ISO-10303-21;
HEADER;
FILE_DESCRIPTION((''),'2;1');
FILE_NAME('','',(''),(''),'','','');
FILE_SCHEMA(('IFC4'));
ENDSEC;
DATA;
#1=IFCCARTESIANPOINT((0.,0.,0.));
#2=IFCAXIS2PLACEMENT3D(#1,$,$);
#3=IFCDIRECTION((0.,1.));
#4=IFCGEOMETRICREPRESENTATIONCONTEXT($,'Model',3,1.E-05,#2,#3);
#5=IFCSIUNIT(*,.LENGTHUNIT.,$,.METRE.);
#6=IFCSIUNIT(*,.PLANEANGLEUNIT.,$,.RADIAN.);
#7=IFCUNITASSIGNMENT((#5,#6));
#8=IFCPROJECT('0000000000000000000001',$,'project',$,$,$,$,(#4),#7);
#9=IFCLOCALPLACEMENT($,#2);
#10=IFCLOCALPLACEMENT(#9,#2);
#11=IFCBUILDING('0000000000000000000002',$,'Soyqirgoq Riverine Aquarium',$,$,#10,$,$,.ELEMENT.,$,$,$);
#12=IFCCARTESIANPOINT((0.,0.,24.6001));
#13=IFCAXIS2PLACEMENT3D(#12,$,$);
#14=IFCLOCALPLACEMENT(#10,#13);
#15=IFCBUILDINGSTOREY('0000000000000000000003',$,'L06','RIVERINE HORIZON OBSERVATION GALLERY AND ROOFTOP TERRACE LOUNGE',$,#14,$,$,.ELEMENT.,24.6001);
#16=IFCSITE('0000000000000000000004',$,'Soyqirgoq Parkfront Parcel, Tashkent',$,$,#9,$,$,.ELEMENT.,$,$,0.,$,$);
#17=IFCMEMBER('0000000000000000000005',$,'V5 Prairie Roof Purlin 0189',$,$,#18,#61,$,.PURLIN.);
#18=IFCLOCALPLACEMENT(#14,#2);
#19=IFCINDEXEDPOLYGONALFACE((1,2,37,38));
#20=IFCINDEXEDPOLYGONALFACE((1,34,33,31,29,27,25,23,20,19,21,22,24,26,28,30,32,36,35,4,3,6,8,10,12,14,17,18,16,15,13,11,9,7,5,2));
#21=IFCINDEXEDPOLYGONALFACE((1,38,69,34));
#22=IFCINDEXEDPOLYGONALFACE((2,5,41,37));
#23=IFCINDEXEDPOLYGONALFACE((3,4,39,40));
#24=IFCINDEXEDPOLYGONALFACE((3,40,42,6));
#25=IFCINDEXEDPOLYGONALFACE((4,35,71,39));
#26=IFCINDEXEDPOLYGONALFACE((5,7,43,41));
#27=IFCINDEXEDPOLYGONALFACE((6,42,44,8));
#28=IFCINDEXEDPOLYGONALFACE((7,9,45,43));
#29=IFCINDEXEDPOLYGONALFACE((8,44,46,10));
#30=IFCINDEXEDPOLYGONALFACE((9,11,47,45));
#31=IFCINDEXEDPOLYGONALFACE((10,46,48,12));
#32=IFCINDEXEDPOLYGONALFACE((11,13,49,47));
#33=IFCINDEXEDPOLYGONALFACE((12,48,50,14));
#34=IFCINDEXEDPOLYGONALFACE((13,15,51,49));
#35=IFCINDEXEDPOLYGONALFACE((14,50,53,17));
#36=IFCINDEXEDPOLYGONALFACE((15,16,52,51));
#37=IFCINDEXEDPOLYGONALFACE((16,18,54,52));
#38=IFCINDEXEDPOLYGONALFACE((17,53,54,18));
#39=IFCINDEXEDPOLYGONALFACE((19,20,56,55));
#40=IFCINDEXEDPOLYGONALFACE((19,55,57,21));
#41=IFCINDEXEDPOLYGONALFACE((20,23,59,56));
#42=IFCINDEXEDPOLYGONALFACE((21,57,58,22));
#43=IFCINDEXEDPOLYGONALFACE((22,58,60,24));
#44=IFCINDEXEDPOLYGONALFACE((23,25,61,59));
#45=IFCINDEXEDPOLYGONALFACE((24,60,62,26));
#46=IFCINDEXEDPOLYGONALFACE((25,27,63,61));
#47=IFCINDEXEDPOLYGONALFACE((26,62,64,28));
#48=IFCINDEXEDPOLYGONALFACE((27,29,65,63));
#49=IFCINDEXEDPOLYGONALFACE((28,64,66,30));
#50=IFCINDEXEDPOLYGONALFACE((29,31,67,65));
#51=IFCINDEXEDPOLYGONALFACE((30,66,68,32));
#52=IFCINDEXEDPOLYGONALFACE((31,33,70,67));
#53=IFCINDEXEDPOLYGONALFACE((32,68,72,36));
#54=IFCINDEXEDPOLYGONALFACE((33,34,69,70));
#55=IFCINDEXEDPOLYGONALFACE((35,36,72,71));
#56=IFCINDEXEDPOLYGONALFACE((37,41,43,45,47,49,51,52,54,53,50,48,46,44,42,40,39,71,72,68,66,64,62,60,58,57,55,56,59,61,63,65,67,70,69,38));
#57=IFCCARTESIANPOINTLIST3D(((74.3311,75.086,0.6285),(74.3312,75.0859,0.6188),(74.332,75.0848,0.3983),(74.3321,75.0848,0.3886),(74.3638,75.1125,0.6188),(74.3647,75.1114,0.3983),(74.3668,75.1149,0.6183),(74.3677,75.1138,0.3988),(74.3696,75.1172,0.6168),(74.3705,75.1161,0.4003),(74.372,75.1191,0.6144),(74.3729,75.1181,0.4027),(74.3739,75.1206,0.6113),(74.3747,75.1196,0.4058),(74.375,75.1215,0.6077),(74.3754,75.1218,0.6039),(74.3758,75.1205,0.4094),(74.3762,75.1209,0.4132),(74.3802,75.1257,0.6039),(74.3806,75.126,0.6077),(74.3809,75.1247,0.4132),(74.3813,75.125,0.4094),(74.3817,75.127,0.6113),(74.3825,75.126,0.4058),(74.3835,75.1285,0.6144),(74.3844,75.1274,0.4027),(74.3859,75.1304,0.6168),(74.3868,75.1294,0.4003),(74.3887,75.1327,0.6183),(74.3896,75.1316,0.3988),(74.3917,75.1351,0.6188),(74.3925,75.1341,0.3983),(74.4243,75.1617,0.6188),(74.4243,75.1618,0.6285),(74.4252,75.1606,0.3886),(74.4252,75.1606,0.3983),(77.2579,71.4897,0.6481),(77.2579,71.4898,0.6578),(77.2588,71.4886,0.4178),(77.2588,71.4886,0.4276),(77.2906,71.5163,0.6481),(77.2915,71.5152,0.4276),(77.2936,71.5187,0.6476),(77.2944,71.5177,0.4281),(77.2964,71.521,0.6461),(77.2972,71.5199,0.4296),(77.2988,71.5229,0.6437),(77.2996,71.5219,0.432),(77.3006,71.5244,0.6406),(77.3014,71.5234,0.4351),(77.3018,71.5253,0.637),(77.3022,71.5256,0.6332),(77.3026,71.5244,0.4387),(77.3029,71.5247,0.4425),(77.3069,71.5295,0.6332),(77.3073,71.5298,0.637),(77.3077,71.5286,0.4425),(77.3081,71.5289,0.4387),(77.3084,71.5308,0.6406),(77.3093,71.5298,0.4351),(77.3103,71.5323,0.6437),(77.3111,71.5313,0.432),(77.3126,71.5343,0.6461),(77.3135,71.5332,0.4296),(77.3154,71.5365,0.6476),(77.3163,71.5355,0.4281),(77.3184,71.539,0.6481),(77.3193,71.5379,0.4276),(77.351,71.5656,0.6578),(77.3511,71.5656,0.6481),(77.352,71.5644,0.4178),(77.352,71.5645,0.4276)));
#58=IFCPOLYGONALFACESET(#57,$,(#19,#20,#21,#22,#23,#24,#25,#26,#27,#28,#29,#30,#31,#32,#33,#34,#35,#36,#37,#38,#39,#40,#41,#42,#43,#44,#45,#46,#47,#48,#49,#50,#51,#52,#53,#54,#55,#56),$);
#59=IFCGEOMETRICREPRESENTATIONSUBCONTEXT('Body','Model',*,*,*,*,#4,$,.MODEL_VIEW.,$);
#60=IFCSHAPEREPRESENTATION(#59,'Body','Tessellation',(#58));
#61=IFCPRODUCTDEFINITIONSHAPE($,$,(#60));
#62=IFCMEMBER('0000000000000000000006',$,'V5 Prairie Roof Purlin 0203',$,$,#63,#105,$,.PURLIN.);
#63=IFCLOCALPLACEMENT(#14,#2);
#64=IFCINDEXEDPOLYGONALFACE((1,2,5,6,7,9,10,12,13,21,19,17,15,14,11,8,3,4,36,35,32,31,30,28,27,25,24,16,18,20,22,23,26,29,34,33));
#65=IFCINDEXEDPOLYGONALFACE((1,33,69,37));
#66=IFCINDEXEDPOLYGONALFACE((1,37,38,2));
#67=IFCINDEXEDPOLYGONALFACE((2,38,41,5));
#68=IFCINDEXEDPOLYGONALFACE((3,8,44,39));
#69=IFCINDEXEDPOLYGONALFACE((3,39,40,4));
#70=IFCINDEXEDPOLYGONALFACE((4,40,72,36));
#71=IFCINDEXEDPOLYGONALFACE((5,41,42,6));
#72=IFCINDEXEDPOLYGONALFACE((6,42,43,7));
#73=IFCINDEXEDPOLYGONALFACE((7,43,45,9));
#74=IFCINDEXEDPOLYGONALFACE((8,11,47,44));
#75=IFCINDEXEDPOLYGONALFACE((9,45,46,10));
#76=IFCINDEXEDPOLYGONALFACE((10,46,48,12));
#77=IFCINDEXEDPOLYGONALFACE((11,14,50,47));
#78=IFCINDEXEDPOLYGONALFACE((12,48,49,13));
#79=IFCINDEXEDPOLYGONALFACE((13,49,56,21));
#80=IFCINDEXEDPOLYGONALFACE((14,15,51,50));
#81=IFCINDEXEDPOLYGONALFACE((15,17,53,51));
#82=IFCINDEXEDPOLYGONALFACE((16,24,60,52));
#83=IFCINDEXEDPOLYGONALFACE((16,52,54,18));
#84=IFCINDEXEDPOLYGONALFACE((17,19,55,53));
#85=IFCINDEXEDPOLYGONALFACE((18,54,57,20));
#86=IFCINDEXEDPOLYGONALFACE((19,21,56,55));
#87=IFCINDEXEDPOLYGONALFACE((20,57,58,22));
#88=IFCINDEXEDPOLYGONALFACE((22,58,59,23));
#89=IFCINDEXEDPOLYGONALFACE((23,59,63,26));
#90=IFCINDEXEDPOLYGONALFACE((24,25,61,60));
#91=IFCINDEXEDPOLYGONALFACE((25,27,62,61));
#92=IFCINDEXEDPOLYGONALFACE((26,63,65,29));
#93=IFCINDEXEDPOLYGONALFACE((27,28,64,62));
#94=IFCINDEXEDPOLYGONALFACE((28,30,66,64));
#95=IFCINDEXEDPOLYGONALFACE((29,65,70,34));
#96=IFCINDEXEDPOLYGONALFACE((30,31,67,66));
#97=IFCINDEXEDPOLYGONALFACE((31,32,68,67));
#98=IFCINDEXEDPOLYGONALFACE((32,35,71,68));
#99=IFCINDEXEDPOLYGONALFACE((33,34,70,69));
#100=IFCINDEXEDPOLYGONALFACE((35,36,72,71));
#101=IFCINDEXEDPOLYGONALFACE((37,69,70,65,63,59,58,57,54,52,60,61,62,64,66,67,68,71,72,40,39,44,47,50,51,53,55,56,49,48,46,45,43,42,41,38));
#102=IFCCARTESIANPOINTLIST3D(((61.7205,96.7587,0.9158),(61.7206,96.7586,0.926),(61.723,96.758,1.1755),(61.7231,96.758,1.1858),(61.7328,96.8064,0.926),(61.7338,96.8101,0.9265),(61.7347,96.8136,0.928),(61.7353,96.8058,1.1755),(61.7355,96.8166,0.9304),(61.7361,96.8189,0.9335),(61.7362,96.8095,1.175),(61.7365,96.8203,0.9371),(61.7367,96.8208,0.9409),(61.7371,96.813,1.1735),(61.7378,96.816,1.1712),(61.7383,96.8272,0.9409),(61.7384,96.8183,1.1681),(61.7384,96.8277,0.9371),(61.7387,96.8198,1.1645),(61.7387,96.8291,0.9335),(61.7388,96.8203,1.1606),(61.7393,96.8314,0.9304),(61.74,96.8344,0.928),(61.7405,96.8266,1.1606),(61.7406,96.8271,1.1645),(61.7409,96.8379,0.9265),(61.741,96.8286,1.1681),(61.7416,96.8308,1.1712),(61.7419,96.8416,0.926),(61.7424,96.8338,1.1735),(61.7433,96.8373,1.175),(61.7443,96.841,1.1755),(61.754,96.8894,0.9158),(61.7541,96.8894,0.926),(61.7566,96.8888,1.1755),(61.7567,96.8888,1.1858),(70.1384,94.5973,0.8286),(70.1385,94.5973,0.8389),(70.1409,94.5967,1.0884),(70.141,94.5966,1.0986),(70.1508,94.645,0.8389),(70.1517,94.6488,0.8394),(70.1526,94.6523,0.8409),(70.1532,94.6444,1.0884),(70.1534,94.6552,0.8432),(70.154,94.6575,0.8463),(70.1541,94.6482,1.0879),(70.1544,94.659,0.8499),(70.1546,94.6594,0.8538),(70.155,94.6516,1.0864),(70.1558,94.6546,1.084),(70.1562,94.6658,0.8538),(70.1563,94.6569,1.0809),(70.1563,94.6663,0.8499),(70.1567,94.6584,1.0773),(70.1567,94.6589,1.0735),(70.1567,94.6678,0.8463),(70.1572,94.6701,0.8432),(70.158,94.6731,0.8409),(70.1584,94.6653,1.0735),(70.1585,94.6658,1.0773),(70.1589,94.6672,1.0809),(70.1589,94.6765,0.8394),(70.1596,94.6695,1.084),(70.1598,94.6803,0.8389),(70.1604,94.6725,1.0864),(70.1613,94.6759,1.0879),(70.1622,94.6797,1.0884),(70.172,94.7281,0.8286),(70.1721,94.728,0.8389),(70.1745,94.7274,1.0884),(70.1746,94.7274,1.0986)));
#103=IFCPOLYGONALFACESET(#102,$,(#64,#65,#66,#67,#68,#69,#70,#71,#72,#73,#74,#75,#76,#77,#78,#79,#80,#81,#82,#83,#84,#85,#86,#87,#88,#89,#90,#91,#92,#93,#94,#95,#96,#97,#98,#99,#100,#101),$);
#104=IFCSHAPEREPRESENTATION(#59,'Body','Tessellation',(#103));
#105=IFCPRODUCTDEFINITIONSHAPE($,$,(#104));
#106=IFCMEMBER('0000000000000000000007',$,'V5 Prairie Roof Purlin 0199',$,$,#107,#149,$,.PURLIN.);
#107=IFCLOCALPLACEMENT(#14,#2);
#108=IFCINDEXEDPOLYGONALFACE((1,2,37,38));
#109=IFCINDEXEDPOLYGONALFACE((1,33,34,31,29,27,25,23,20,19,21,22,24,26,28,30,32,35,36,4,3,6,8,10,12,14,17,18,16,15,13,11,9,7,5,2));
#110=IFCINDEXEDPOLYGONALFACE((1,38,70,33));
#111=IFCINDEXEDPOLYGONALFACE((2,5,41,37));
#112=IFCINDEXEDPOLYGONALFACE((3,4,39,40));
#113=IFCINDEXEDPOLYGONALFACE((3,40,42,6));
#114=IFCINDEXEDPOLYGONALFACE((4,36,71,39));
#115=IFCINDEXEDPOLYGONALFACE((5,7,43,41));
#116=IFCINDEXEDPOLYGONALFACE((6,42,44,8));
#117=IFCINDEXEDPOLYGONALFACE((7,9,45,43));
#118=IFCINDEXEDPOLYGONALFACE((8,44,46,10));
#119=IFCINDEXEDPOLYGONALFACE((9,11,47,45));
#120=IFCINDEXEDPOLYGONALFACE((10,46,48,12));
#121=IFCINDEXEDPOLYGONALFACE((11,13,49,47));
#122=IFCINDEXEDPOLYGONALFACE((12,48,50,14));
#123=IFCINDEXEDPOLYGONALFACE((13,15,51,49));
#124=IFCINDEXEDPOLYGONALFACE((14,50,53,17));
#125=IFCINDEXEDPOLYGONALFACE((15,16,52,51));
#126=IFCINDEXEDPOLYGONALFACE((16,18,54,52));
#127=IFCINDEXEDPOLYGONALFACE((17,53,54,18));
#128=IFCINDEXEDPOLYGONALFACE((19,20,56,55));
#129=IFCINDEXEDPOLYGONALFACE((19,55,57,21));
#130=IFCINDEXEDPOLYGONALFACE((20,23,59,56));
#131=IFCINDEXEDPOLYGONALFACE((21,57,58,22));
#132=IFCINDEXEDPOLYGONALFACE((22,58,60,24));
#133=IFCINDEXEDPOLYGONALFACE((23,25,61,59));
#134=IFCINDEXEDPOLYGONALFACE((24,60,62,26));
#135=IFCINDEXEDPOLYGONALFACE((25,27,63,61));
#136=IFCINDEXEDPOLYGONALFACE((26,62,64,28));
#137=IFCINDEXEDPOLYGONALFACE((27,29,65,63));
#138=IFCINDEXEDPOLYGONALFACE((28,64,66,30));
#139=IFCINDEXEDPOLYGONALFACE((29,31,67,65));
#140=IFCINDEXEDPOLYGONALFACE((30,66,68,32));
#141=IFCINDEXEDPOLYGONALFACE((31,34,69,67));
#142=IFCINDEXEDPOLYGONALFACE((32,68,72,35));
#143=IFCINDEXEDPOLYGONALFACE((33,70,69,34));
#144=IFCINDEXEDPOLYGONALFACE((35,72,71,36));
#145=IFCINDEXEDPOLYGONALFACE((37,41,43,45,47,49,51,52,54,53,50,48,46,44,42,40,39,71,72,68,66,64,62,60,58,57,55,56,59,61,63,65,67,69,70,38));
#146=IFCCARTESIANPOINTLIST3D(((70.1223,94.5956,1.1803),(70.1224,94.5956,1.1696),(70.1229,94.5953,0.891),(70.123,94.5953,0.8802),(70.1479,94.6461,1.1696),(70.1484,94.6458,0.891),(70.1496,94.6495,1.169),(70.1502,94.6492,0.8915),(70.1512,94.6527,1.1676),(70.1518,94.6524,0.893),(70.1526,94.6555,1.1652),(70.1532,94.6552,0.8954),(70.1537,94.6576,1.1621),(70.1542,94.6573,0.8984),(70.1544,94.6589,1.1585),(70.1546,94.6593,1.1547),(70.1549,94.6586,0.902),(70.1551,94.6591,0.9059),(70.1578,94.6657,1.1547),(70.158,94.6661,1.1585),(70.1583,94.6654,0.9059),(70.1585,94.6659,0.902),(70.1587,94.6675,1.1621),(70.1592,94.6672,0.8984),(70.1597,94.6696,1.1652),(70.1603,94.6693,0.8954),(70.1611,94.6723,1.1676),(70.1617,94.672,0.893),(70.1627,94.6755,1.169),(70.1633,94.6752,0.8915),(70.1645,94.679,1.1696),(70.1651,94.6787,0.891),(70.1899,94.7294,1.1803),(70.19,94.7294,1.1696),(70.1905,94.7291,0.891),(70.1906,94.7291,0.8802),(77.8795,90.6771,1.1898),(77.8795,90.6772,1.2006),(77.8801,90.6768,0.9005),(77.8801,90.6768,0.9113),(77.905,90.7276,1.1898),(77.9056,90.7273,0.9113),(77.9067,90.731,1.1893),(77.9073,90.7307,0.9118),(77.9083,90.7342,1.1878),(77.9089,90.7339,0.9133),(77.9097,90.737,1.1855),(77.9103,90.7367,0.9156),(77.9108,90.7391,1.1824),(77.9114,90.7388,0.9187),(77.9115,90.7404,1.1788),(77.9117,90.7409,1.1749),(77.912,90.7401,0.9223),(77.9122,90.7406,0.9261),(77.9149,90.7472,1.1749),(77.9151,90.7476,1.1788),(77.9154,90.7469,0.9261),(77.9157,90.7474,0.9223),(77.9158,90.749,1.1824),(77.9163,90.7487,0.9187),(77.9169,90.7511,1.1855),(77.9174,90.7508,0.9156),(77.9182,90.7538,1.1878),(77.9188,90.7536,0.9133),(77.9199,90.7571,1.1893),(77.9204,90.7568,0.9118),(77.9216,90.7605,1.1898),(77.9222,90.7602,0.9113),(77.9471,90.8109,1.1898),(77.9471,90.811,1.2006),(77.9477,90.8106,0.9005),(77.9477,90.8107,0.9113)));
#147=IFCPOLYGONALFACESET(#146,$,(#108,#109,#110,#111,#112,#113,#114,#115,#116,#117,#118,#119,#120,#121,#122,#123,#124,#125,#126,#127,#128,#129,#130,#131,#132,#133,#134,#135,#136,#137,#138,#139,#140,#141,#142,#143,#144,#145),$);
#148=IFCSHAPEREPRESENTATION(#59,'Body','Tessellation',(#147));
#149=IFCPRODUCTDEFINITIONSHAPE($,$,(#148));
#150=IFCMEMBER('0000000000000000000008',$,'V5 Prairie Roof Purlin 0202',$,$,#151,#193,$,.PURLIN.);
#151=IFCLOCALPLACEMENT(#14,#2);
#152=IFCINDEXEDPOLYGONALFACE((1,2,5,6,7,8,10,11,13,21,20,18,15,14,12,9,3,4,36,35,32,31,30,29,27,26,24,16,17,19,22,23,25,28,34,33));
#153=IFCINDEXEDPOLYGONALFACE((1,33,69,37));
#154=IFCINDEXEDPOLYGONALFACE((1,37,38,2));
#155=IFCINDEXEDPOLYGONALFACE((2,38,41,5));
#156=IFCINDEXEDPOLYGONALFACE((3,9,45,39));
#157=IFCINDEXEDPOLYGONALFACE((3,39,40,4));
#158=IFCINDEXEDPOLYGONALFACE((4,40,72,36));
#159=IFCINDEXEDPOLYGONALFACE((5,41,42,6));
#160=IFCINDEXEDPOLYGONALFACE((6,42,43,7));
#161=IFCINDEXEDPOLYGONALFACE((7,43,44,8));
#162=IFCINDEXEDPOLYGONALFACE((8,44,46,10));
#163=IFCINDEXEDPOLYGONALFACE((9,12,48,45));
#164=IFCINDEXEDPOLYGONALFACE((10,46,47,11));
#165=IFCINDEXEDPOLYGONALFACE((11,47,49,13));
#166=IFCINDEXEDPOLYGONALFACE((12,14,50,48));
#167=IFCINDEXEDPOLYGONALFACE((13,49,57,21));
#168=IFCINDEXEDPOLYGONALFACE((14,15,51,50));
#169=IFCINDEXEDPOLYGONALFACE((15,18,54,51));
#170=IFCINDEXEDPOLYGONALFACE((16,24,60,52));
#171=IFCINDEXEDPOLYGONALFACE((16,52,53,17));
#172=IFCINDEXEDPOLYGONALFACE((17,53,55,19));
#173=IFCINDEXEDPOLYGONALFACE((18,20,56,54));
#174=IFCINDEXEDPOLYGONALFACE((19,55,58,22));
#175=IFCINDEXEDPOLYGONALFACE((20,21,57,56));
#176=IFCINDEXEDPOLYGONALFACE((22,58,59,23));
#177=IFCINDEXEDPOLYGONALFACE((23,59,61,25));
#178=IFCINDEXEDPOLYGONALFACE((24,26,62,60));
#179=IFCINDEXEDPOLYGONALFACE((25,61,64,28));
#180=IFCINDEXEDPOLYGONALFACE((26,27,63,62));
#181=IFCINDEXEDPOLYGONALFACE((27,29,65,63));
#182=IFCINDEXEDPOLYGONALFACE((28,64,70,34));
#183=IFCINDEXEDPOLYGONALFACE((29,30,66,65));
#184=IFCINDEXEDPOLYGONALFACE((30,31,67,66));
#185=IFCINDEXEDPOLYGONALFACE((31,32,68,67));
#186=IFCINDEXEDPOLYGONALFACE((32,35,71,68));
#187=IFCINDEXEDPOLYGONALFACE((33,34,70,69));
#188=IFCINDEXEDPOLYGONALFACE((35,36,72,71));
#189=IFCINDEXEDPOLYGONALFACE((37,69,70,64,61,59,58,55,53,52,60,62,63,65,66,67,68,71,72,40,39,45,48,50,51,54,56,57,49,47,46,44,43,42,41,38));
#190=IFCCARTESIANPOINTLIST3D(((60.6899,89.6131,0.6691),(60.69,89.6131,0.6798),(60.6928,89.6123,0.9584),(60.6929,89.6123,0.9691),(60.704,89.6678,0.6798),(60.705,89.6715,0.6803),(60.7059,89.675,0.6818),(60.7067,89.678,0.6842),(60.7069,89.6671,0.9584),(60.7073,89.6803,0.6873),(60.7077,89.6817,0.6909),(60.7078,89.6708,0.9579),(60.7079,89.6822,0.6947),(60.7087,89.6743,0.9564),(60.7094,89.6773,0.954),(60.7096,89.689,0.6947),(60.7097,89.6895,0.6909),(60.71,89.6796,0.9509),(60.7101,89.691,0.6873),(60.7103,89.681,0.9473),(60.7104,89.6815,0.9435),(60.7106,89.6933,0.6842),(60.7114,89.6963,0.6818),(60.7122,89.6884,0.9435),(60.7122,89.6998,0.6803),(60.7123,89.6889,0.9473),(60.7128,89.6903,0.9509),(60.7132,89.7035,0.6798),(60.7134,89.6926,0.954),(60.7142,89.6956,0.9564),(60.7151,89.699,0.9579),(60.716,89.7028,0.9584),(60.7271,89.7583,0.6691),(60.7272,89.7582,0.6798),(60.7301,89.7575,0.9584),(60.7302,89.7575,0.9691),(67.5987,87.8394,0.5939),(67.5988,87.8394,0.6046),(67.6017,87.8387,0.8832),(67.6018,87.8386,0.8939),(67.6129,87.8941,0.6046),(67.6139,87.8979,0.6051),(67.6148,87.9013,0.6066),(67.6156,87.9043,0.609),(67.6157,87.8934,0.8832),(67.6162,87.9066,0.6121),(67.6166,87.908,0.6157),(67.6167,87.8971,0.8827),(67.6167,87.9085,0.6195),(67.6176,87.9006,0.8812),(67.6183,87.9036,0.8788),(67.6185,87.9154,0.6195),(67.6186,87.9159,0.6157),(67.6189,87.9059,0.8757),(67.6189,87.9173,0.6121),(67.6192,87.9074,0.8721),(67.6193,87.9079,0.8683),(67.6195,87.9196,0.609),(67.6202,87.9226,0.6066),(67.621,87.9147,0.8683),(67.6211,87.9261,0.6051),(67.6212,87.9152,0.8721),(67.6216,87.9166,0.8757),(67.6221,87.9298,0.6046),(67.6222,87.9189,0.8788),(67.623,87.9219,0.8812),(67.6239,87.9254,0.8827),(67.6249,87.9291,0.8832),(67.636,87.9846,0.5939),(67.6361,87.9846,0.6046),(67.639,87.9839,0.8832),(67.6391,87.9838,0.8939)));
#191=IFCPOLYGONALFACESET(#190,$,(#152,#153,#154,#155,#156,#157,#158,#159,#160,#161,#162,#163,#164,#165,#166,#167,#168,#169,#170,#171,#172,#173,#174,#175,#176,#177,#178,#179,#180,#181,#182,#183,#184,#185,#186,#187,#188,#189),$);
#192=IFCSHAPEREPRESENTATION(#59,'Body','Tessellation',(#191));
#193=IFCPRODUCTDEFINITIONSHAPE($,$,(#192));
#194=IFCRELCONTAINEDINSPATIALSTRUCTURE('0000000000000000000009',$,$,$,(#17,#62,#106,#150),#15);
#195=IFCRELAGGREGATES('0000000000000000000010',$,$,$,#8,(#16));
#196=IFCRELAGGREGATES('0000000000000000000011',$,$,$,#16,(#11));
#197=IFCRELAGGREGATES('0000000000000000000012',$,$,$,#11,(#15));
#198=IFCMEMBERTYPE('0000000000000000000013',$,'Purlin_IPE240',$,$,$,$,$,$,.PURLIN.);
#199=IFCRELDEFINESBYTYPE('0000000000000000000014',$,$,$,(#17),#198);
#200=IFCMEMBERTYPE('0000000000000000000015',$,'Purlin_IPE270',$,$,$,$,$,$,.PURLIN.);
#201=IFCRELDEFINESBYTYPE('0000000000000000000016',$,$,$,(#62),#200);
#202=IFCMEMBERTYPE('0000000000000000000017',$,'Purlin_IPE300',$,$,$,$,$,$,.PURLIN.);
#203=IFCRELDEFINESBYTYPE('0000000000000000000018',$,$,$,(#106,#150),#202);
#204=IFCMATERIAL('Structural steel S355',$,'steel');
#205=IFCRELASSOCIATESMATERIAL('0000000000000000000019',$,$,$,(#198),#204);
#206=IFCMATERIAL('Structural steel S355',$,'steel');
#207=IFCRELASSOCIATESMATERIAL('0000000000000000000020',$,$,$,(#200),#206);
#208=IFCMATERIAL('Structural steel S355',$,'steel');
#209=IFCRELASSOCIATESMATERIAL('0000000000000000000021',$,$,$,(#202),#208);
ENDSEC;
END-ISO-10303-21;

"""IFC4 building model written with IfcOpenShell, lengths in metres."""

from ifc_helpers import new_model, si_unit, direction, frame, origin, origin_2d, place, context, subcontext, project, spatial, i_section, extrude, material, material_profile, profile_set, type_object, element, save


model = new_model("IFC4")

# Units and contexts
model_context = context("Model", 3, precision=1e-05, world=origin(), true_north=direction((0.0, 1.0)))
body_context = subcontext(model_context, "Body", "Model", "MODEL_VIEW")
ifc_project = project(units=[si_unit("LENGTHUNIT", "METRE"), si_unit("PLANEANGLEUNIT", "RADIAN")], contexts=[model_context])

# Site, building, storey
site_placement = place(None, origin())
site = spatial("IfcSite", under=ifc_project, at=site_placement, Name="Soyqirgoq Parkfront Parcel, Tashkent", CompositionType="ELEMENT", RefElevation=0.0)
building_placement = place(site_placement, origin())
building = spatial("IfcBuilding", under=site, at=building_placement, Name="Soyqirgoq Riverine Aquarium", CompositionType="ELEMENT")
storey_placement = place(building_placement, frame((0.0, 0.0, 24.6001)))
storey = spatial("IfcBuildingStorey", under=building, at=storey_placement, Name="L06", Description="RIVERINE HORIZON OBSERVATION GALLERY AND ROOFTOP TERRACE LOUNGE", CompositionType="ELEMENT", Elevation=24.6001)

# Members
ifc_material_1 = material(Name="Structural steel S355", Category="steel")
ifc_material_profile_1 = material_profile(ifc_material_1, i_section(OverallWidth=0.1201, OverallDepth=0.24, WebThickness=0.0061, FlangeThickness=0.0098, FilletRadius=0.0149, at=origin_2d()), Name="IPE 240")
ifc_profile_set_1 = profile_set([ifc_material_profile_1], Name="Structural steel S355")
member_type_1 = type_object("IfcMemberType", Name="Purlin_IPE240", PredefinedType="PURLIN", material=ifc_profile_set_1)
member_1_placement = place(storey_placement, frame((77.3049, 71.5271, 0.5378), z_axis=(-0.63121, 0.775586, -0.006318), x_axis=(-0.775602, -0.631223, 0.0)))
element("IfcMember", 1, at=member_1_placement, inside=storey, type_object=member_type_1, Name="V5 Prairie Roof Purlin 0189", PredefinedType="PURLIN", context=body_context, shape_type="SweptSolid", body=[
    extrude(i_section(OverallWidth=0.1201, OverallDepth=0.24, WebThickness=0.0061, FlangeThickness=0.0098, FilletRadius=0.0149, at=origin_2d()), origin(), (0.0, 0.0, 1.0), 4.6367),
])
ifc_material_2 = material(Name="Structural steel S355", Category="steel")
ifc_material_profile_2 = material_profile(ifc_material_2, i_section(OverallWidth=0.135, OverallDepth=0.27, WebThickness=0.0066, FlangeThickness=0.0103, FilletRadius=0.0149, at=origin_2d()), Name="IPE 270")
ifc_profile_set_2 = profile_set([ifc_material_profile_2], Name="Structural steel S355")
member_type_2 = type_object("IfcMemberType", Name="Purlin_IPE270", PredefinedType="PURLIN", material=ifc_profile_set_2)
member_2_placement = place(storey_placement, frame((70.1565, 94.6624, 0.9636), z_axis=(-0.968534, 0.248678, 0.010028), x_axis=(-0.248691, -0.968583, 0.0)))
element("IfcMember", 2, at=member_2_placement, inside=storey, type_object=member_type_2, Name="V5 Prairie Roof Purlin 0203", PredefinedType="PURLIN", context=body_context, shape_type="SweptSolid", body=[
    extrude(i_section(OverallWidth=0.135, OverallDepth=0.27, WebThickness=0.0066, FlangeThickness=0.0103, FilletRadius=0.0149, at=origin_2d()), origin(), (0.0, 0.0, 1.0), 8.6914),
])
ifc_material_3 = material(Name="Structural steel S355", Category="steel")
ifc_material_profile_3 = material_profile(ifc_material_3, i_section(OverallWidth=0.1499, OverallDepth=0.3, WebThickness=0.0071, FlangeThickness=0.0107, FilletRadius=0.0149, at=origin_2d()), Name="IPE 300")
ifc_profile_set_3 = profile_set([ifc_material_profile_3], Name="Structural steel S355")
member_type_3 = type_object("IfcMemberType", Name="Purlin_IPE300", PredefinedType="PURLIN", material=ifc_profile_set_3)
member_3_placement = place(storey_placement, frame((77.9136, 90.7439, 1.0505), z_axis=(-0.89258, 0.450883, -0.002332), x_axis=(-0.450884, -0.892582, 0.0)))
element("IfcMember", 3, at=member_3_placement, inside=storey, type_object=member_type_3, Name="V5 Prairie Roof Purlin 0199", PredefinedType="PURLIN", context=body_context, shape_type="SweptSolid", body=[
    extrude(i_section(OverallWidth=0.1499, OverallDepth=0.3, WebThickness=0.0071, FlangeThickness=0.0107, FilletRadius=0.0149, at=origin_2d()), origin(), (0.0, 0.0, 1.0), 8.6907),
])
member_4_placement = place(storey_placement, frame((67.6189, 87.9116, 0.7439), z_axis=(-0.968537, 0.248646, 0.010541), x_axis=(-0.248659, -0.968591, 0.0)))
element("IfcMember", 4, at=member_4_placement, inside=storey, type_object=member_type_3, Name="V5 Prairie Roof Purlin 0202", PredefinedType="PURLIN", context=body_context, shape_type="SweptSolid", body=[
    extrude(i_section(OverallWidth=0.1499, OverallDepth=0.3, WebThickness=0.0071, FlangeThickness=0.0107, FilletRadius=0.0149, at=origin_2d()), origin(), (0.0, 0.0, 1.0), 7.1333),
])

save(model, "model.ifc")
